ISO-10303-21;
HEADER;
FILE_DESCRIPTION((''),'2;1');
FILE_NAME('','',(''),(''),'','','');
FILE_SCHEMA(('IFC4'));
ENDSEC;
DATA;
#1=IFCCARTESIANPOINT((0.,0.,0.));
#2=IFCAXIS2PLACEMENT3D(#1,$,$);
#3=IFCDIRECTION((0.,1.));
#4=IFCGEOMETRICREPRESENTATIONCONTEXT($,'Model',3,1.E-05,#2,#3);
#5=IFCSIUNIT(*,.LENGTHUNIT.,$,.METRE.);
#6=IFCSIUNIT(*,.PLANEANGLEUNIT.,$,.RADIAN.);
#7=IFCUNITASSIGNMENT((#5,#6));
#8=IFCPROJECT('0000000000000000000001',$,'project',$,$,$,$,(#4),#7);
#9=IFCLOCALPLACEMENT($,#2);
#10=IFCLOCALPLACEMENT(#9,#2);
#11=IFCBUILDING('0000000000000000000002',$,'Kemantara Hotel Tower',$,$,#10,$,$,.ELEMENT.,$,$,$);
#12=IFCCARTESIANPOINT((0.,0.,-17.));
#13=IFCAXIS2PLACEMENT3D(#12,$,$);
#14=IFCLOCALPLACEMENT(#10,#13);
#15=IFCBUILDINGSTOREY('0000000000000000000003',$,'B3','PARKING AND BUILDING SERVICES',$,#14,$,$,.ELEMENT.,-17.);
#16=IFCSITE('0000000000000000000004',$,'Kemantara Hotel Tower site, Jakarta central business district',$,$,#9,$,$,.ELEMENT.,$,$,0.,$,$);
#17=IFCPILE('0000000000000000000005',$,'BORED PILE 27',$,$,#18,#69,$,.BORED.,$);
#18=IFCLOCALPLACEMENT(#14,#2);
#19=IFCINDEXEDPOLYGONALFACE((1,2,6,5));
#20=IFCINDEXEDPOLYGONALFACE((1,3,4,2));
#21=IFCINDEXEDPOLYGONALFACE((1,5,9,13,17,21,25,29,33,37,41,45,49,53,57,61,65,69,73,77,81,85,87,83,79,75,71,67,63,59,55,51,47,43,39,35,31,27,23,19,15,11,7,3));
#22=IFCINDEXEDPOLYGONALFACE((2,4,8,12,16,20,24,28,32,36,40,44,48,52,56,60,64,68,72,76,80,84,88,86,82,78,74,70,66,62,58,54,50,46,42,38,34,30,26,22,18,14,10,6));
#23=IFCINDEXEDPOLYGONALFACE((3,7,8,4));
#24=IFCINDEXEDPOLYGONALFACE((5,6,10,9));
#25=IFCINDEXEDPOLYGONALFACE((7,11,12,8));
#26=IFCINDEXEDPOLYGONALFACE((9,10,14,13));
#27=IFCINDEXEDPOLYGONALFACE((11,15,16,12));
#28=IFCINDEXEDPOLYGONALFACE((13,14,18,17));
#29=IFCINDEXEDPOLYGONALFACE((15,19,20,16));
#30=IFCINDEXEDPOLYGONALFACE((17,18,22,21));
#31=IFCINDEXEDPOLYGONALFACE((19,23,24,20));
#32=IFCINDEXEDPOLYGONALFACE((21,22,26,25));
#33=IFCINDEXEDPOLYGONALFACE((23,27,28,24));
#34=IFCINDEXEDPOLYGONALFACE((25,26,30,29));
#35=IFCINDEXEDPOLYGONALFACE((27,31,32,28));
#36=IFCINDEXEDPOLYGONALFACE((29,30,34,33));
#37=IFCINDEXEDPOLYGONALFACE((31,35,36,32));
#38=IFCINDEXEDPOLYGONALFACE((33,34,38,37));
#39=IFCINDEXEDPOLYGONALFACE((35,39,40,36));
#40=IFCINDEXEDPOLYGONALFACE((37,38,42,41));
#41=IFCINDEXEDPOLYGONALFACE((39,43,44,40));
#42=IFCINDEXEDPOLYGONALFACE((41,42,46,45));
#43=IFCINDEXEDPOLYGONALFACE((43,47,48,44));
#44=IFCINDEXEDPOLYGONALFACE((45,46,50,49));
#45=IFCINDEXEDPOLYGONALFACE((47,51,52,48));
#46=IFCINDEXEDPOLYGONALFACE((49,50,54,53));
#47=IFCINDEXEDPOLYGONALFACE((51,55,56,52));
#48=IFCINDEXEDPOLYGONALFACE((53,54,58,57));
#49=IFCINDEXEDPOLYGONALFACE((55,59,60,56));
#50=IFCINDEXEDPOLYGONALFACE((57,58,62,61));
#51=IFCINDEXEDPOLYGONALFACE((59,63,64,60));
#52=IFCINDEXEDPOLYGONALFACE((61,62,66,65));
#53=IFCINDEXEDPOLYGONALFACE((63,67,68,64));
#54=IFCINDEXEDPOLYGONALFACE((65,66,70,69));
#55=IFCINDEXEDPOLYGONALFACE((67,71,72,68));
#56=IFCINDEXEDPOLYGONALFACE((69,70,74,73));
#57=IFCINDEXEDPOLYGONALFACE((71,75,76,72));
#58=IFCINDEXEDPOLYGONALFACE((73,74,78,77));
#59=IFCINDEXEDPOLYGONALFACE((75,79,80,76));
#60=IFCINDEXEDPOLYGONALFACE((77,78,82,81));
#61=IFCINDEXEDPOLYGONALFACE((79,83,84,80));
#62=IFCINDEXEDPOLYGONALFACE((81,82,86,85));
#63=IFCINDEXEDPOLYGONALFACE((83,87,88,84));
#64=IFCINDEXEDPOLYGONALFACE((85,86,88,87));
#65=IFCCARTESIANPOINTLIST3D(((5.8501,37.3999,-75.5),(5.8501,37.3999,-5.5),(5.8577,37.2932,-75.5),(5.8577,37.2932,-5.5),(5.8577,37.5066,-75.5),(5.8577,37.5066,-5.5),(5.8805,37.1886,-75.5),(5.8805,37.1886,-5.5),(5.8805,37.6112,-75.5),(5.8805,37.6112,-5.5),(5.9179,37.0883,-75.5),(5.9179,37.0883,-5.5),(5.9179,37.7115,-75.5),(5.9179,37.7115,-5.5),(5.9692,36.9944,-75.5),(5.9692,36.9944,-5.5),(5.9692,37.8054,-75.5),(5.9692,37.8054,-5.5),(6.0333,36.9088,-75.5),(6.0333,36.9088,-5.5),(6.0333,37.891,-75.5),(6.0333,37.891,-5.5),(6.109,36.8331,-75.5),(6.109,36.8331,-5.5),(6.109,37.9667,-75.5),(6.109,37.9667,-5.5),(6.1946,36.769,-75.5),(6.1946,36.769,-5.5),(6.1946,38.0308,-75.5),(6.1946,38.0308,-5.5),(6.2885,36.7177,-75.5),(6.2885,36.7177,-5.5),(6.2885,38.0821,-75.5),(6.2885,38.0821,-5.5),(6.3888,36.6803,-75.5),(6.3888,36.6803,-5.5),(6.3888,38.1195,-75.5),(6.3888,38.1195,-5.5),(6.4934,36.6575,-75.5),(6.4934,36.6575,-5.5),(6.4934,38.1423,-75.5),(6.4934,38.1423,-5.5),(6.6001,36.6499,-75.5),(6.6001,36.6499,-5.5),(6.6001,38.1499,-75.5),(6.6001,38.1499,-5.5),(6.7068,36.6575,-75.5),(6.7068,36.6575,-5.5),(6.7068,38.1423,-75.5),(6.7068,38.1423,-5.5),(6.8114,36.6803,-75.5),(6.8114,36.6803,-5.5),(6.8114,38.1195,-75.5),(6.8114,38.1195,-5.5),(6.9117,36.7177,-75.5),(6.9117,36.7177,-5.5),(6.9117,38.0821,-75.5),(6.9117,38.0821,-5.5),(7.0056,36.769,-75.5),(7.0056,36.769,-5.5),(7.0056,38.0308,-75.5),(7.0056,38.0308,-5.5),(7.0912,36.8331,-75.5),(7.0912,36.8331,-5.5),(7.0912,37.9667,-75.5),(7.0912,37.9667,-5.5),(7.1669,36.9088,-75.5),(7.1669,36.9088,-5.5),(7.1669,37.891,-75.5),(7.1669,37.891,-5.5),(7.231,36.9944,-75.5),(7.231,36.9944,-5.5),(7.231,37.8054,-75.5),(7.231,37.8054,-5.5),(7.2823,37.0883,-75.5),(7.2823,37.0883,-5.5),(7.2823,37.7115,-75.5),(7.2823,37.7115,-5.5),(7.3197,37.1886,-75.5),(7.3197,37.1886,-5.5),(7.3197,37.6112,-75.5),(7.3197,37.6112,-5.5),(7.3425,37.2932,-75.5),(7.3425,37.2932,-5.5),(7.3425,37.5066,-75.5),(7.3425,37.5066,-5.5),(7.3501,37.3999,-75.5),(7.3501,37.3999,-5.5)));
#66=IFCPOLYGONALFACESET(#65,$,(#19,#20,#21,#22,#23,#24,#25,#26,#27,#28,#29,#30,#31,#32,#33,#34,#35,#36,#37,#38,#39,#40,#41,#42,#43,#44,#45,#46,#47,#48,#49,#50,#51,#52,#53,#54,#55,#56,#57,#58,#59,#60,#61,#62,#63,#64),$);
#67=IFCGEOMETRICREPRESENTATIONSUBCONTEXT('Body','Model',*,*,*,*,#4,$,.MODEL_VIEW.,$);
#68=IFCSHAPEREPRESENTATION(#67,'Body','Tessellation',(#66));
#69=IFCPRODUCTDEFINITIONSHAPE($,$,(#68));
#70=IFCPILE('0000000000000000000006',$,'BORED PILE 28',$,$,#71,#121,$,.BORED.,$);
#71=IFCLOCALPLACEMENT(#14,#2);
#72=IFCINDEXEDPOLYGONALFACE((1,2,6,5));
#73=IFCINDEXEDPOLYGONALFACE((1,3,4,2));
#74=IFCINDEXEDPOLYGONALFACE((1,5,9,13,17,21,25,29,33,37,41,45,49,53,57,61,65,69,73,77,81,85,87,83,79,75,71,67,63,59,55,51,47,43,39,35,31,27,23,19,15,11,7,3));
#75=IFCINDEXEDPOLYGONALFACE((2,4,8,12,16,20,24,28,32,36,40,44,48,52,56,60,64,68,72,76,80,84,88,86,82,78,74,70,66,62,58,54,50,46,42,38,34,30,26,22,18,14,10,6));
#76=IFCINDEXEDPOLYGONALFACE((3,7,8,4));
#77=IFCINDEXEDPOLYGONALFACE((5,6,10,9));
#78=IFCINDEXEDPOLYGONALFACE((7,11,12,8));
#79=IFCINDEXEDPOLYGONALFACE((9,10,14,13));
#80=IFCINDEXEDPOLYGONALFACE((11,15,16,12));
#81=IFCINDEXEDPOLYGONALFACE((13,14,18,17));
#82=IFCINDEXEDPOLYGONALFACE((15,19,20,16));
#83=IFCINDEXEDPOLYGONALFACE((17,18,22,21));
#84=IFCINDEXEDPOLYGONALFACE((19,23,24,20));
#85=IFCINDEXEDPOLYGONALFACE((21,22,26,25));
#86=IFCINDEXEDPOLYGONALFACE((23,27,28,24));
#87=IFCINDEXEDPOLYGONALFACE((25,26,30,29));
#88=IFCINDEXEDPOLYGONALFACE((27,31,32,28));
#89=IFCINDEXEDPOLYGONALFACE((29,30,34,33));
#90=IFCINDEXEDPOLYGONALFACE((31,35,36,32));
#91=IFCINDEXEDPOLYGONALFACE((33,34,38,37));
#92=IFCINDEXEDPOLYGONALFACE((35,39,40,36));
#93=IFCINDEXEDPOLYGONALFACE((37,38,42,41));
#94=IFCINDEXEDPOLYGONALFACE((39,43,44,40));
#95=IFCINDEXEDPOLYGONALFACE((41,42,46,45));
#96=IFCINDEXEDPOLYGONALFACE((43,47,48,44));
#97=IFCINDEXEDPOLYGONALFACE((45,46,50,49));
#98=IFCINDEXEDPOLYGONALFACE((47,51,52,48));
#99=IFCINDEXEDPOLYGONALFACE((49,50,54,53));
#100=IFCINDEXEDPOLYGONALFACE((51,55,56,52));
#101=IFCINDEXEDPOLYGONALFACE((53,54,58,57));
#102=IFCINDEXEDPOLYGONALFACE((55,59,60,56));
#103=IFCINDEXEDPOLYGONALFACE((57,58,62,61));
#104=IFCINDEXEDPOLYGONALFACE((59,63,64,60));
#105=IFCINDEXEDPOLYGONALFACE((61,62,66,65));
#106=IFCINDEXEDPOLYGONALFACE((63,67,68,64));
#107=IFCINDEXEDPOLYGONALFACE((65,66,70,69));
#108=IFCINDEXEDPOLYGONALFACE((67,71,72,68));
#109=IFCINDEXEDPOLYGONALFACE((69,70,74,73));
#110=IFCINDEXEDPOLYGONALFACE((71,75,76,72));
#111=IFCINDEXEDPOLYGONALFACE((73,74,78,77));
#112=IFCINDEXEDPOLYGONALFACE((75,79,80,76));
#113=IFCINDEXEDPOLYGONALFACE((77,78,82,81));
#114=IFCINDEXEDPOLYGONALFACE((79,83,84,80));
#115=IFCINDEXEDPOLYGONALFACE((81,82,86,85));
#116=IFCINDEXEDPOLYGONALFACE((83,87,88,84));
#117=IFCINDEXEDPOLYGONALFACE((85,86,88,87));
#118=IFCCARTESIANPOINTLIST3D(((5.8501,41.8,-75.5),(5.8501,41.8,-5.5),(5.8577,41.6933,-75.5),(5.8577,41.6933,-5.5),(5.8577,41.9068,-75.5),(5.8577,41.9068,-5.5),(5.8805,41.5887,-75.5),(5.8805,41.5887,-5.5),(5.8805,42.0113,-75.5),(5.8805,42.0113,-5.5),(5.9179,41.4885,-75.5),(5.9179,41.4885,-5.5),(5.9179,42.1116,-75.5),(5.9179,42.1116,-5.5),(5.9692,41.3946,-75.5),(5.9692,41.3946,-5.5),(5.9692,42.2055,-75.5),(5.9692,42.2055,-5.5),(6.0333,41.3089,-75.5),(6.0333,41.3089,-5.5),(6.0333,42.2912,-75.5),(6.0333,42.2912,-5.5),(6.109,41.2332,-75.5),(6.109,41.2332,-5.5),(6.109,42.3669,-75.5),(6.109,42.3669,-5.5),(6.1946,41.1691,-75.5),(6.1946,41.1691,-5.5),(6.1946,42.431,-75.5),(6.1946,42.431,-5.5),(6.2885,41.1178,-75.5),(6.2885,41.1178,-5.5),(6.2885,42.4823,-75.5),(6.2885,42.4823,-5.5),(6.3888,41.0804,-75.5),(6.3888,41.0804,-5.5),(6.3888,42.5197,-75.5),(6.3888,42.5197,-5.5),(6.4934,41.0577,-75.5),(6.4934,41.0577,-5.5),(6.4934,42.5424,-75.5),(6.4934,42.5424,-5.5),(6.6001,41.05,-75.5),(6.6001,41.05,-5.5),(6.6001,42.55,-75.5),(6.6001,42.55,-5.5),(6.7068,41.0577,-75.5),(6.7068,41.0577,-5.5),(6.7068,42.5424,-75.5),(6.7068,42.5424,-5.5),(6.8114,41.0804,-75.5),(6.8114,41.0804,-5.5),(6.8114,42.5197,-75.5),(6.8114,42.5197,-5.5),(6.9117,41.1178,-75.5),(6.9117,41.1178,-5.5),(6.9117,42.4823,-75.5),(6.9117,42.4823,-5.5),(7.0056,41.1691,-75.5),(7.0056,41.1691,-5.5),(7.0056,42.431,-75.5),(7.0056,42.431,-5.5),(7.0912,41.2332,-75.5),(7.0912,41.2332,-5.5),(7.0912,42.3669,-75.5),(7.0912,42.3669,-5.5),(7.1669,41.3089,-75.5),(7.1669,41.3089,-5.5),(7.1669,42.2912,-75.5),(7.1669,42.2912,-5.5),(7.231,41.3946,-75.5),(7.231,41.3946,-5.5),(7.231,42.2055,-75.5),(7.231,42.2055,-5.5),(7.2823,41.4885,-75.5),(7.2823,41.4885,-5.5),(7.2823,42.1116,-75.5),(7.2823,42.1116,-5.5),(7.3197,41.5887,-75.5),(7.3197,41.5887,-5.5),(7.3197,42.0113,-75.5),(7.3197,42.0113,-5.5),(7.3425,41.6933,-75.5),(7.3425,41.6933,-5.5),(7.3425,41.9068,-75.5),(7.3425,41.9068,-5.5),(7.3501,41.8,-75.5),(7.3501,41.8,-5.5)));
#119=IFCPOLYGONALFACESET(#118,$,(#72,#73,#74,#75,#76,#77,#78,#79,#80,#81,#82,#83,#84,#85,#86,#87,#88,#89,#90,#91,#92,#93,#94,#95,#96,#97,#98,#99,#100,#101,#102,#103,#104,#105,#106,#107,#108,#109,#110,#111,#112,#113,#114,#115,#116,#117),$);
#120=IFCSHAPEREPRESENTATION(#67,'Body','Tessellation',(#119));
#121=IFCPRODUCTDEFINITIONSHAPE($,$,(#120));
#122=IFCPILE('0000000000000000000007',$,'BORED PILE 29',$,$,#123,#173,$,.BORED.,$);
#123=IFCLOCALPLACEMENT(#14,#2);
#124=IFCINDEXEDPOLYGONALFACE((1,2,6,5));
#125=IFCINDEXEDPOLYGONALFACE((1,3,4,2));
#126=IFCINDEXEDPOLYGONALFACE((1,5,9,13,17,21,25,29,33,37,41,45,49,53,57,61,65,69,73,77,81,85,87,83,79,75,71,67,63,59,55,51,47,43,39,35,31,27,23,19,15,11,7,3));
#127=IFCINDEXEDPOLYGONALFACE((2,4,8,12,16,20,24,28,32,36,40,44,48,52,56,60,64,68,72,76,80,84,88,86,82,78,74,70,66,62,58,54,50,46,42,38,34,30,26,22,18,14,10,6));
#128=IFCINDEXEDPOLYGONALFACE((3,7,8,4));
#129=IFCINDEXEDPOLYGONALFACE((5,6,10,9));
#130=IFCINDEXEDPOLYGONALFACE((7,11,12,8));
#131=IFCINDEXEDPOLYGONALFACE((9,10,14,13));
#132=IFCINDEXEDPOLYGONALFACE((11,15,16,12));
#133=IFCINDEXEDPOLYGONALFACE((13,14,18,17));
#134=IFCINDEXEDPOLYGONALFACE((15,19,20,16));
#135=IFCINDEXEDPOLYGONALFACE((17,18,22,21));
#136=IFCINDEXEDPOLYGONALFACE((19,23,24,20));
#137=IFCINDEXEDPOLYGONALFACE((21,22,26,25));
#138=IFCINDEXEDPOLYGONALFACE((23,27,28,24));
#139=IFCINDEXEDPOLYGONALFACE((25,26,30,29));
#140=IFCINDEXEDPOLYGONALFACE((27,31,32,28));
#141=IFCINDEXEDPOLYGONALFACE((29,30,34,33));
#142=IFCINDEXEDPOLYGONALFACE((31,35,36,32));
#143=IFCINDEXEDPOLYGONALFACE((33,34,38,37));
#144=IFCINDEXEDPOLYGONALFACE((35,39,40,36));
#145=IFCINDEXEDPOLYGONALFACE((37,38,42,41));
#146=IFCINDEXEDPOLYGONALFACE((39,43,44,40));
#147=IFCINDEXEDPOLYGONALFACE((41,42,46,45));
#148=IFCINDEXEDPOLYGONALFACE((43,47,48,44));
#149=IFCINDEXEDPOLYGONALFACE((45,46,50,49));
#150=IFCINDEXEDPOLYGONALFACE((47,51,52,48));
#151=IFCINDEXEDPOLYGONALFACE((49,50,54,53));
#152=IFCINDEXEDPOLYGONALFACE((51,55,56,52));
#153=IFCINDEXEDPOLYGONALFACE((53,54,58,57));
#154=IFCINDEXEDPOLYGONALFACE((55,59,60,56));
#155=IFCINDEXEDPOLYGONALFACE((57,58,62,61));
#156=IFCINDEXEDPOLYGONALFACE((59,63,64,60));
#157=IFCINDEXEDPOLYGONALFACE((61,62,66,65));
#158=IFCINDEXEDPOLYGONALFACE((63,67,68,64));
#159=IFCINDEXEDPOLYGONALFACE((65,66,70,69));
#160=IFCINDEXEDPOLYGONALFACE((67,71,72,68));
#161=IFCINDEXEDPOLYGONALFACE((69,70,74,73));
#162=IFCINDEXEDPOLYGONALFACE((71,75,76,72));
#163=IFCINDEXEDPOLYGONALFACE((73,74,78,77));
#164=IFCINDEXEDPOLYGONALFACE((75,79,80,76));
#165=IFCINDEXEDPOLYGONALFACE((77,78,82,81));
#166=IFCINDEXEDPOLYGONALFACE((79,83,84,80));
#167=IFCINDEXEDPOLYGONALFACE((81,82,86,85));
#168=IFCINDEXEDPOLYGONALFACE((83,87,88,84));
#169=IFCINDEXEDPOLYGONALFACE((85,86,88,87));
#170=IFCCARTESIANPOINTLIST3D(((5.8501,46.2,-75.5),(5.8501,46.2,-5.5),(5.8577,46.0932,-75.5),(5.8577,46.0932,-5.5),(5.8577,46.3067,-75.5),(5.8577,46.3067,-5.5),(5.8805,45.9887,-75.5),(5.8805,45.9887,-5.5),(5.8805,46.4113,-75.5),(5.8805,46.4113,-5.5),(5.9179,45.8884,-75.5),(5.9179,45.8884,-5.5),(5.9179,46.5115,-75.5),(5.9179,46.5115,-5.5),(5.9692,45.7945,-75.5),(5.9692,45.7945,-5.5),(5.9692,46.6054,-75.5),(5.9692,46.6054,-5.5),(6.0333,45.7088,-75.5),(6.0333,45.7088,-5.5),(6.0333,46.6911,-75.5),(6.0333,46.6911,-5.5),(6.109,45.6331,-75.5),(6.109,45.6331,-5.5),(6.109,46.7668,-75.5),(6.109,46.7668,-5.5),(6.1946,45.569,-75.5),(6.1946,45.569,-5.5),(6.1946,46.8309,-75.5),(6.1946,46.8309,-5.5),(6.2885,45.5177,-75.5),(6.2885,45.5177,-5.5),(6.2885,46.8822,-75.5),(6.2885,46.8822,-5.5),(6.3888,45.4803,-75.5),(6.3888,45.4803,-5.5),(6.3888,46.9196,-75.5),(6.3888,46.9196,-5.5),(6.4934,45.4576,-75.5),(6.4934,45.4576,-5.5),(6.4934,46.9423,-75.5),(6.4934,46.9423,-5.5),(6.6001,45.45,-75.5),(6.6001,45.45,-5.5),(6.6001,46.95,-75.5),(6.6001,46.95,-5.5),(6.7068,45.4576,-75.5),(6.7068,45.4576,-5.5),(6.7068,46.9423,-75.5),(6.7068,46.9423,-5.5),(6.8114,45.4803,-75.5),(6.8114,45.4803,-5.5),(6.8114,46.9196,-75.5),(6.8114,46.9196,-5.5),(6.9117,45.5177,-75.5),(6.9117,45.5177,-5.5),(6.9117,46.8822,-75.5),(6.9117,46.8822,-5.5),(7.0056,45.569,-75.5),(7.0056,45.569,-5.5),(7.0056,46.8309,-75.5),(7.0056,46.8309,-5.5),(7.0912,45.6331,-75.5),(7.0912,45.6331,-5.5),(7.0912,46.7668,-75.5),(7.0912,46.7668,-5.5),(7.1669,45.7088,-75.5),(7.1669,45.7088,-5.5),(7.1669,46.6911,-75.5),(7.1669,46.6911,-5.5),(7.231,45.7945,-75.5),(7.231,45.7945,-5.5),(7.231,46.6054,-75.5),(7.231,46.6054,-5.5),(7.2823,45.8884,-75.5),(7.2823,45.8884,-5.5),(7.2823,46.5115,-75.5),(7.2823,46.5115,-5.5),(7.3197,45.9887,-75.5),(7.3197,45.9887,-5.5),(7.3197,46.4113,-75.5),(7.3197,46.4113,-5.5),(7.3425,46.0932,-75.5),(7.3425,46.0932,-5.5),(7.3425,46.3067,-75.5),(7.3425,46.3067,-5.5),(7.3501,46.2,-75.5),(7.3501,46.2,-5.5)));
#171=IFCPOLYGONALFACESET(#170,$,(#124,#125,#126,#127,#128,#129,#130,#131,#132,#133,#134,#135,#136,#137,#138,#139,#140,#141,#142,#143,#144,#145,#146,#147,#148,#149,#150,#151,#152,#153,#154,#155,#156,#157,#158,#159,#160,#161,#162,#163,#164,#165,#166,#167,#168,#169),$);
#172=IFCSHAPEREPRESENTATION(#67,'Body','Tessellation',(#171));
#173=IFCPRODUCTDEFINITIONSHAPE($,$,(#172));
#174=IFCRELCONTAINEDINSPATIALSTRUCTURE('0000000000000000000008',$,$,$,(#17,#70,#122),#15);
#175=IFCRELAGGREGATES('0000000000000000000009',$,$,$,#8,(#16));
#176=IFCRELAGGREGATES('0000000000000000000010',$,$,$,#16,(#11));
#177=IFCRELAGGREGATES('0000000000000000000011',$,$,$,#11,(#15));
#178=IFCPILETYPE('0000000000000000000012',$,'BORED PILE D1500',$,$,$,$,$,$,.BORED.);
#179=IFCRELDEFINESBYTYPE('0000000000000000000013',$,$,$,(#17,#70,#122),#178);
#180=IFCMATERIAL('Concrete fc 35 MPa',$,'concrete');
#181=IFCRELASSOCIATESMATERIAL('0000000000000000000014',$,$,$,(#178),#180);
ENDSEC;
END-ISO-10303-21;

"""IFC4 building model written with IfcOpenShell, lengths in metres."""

from ifc_helpers import new_model, si_unit, direction, frame, origin, origin_2d, place, context, subcontext, project, spatial, circle, extrude, material, material_profile, profile_set, type_object, element, save


model = new_model("IFC4")

# Units and contexts
model_context = context("Model", 3, precision=1e-05, world=origin(), true_north=direction((0.0, 1.0)))
body_context = subcontext(model_context, "Body", "Model", "MODEL_VIEW")
ifc_project = project(units=[si_unit("LENGTHUNIT", "METRE"), si_unit("PLANEANGLEUNIT", "RADIAN")], contexts=[model_context])

# Site, building, storey
site_placement = place(None, origin())
site = spatial("IfcSite", under=ifc_project, at=site_placement, Name="Kemantara Hotel Tower site, Jakarta central business district", CompositionType="ELEMENT", RefElevation=0.0)
building_placement = place(site_placement, origin())
building = spatial("IfcBuilding", under=site, at=building_placement, Name="Kemantara Hotel Tower", CompositionType="ELEMENT")
storey_placement = place(building_placement, frame((0.0, 0.0, -17.0)))
storey = spatial("IfcBuildingStorey", under=building, at=storey_placement, Name="B3", Description="PARKING AND BUILDING SERVICES", CompositionType="ELEMENT", Elevation=-17.0)

# Piles
ifc_material_1 = material(Name="Concrete fc 35 MPa", Category="concrete")
ifc_material_profile_1 = material_profile(ifc_material_1, circle(Radius=0.75, at=origin_2d()), Name="BORED PILE D1500")
ifc_profile_set_1 = profile_set([ifc_material_profile_1], Name="Concrete fc 35 MPa")
pile_type = type_object("IfcPileType", Name="BORED PILE D1500", PredefinedType="BORED", material=ifc_profile_set_1)
for number, where, z_axis, x_axis, name in (
    (1, (6.6001, 37.3999, -5.5), (0.0, 0.0, -1.0), (1.0, 0.0, 0.0), "BORED PILE 27"),
    (2, (6.6001, 41.8, -5.5), (0.0, 0.0, -1.0), (1.0, 0.0, 0.0), "BORED PILE 28"),
    (3, (6.6001, 46.2, -5.5), (0.0, 0.0, -1.0), (1.0, 0.0, 0.0), "BORED PILE 29"),
):
    element("IfcPile", number, at=place(storey_placement, frame(where, z_axis=z_axis, x_axis=x_axis)), inside=storey, type_object=pile_type, Name=name, PredefinedType="BORED", context=body_context, shape_type="SweptSolid", body=[
        extrude(circle(Radius=0.75, at=origin_2d()), origin(), (0.0, 0.0, 1.0), 70.0),
    ])

save(model, "model.ifc")
